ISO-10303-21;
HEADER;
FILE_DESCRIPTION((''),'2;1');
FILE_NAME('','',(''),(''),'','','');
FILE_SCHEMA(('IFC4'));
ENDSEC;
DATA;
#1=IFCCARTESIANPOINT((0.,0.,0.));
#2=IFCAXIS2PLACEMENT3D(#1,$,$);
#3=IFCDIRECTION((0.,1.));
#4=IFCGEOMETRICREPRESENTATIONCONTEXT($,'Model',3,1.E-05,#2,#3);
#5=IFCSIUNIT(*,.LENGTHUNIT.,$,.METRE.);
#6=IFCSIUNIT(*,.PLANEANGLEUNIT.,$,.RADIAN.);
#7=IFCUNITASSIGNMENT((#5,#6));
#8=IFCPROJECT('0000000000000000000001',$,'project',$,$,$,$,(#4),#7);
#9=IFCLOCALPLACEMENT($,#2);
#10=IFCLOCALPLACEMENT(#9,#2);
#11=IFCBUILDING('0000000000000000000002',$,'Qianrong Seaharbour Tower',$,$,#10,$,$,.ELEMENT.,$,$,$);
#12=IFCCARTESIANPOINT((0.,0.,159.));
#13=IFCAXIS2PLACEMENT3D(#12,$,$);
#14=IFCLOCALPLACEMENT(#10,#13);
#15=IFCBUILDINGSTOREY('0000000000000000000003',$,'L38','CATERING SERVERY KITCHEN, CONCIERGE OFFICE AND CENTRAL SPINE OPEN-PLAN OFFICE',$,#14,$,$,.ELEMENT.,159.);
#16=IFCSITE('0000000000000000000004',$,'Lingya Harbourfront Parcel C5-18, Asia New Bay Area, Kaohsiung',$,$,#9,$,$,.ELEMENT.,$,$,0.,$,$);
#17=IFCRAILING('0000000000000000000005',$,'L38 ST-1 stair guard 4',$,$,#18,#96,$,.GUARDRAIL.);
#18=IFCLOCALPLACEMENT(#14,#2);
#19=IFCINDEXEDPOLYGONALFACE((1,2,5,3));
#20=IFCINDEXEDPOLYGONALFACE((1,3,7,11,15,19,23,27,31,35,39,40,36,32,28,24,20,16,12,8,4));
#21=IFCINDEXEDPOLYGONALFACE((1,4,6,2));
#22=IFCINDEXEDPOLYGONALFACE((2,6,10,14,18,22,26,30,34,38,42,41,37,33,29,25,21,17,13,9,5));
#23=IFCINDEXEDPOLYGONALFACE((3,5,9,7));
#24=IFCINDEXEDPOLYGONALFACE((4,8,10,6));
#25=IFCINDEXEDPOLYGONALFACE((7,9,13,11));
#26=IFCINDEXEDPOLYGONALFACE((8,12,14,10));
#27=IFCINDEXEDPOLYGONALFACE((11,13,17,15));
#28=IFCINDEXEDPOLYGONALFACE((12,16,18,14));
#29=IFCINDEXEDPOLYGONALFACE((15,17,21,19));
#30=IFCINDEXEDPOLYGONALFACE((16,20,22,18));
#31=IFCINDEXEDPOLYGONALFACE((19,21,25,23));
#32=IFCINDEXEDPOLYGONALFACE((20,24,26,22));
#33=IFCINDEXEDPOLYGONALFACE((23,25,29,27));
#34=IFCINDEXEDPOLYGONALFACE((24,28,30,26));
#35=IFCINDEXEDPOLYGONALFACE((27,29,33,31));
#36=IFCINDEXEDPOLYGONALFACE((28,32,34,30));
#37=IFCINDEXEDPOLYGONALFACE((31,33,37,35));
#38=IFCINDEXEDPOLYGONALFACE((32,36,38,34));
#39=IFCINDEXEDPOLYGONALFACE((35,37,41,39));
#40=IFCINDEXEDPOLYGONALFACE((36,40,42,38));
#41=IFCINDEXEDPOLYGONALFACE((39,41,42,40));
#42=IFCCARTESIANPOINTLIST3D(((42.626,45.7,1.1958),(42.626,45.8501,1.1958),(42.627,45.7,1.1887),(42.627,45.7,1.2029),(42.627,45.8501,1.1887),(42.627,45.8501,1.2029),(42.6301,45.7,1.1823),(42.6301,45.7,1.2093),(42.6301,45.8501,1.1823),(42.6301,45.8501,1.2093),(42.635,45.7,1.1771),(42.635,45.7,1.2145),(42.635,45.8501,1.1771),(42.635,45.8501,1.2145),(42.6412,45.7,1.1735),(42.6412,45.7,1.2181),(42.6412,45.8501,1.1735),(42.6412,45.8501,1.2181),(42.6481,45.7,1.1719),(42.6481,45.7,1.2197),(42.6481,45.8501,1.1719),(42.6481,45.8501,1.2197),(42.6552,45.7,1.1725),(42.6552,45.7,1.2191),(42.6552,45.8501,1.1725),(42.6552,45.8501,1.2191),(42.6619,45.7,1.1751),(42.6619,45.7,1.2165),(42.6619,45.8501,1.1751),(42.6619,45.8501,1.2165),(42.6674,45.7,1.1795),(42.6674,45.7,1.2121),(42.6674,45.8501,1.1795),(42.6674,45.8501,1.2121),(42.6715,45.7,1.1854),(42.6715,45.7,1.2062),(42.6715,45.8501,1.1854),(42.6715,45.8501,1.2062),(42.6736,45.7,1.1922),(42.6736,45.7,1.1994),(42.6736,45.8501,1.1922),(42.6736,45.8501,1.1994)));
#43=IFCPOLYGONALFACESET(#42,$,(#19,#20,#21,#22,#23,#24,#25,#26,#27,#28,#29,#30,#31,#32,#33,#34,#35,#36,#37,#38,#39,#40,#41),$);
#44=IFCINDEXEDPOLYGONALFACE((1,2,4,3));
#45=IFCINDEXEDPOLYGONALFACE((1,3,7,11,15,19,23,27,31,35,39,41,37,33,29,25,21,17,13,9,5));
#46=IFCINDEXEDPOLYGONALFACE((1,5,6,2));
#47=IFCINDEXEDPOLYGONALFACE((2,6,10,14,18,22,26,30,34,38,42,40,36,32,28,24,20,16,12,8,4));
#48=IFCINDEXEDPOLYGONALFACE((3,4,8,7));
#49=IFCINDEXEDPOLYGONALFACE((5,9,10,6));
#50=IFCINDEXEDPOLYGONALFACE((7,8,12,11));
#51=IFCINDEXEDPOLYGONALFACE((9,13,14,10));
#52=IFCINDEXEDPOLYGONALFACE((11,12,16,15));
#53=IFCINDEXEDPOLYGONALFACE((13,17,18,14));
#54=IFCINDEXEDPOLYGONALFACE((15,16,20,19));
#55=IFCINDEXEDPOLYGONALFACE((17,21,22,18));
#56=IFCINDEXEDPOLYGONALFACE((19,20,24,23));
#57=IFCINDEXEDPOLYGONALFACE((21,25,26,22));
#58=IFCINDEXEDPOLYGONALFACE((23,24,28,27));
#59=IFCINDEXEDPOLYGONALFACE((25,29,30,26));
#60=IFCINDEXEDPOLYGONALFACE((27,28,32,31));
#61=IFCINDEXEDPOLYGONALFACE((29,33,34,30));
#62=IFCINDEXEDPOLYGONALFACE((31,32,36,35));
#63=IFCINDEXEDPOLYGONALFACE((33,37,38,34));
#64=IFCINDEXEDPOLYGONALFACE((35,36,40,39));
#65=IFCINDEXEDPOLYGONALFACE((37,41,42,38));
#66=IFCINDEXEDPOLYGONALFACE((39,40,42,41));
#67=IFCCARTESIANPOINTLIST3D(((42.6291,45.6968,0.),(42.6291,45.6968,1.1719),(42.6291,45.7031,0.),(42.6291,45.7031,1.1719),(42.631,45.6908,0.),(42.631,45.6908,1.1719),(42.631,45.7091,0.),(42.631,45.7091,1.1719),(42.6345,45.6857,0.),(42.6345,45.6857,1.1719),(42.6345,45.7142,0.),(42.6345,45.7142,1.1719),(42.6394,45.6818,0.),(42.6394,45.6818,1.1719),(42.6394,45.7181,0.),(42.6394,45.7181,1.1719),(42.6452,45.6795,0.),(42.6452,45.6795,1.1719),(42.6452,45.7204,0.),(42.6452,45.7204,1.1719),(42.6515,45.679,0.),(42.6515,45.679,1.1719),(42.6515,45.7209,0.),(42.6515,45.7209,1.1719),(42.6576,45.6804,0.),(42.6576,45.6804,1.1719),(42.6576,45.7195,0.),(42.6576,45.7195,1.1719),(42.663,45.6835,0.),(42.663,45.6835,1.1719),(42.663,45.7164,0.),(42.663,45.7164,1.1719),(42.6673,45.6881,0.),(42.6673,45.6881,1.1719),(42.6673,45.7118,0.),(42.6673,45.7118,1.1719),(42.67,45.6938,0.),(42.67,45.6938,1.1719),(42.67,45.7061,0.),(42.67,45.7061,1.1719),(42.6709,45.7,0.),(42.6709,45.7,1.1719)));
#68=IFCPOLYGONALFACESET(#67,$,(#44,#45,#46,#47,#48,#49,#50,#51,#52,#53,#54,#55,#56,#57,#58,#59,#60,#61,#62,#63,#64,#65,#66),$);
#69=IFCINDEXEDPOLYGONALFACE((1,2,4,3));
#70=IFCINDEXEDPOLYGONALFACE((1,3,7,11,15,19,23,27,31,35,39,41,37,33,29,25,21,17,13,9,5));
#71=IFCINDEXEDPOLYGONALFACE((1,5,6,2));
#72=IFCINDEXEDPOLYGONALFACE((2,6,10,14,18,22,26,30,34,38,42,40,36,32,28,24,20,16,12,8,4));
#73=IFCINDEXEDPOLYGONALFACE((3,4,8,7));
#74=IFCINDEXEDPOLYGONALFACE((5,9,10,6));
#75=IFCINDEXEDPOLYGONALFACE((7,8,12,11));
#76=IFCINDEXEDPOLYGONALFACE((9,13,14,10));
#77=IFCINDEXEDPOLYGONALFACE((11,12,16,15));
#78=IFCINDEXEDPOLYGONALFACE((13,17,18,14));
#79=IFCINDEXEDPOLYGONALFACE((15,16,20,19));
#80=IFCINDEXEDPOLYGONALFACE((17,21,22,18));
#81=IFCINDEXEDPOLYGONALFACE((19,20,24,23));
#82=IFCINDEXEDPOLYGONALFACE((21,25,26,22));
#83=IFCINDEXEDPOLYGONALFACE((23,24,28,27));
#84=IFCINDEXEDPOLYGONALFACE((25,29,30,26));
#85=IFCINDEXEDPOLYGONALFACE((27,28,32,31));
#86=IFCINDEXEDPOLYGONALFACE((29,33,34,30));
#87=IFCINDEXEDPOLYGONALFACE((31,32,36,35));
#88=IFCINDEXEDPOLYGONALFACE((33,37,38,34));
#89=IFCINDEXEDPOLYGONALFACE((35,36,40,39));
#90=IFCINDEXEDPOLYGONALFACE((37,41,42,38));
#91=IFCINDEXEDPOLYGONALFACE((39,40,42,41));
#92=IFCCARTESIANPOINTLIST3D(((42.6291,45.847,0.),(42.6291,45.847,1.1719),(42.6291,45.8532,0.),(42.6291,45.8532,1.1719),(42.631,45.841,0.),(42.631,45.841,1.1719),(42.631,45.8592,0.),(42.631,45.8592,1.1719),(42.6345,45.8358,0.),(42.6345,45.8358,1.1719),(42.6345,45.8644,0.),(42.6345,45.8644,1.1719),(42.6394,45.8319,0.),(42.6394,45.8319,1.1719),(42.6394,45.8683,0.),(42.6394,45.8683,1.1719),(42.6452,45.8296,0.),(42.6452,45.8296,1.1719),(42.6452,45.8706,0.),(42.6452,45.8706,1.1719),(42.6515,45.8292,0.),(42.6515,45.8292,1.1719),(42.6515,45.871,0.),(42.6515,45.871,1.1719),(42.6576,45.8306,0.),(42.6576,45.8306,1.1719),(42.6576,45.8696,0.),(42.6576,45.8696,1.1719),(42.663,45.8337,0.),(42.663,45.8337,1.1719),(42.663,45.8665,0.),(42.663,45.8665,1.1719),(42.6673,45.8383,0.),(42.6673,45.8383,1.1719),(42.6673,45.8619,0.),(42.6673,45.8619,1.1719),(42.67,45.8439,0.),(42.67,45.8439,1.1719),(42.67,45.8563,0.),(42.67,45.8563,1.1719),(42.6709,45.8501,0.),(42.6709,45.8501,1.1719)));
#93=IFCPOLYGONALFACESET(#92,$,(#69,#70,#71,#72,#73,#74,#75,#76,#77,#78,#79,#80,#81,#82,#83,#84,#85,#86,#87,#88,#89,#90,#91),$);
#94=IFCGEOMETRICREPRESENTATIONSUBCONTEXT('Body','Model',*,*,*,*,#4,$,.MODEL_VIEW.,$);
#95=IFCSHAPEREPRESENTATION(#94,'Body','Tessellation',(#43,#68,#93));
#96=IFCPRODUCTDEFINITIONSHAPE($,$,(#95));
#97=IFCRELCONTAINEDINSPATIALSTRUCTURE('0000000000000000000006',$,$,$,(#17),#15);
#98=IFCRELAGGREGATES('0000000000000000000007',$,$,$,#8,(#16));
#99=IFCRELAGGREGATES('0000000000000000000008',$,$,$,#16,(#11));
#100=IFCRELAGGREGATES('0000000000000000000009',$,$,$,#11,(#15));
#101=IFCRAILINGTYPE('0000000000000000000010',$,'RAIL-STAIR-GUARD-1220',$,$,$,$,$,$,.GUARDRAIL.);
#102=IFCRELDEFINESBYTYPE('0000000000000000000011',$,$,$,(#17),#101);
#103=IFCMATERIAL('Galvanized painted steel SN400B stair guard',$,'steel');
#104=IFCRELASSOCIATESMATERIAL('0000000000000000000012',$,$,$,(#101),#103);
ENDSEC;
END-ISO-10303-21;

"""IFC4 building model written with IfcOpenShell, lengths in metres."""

from ifc_helpers import new_model, si_unit, direction, frame, origin, origin_2d, place, context, subcontext, project, spatial, circle, extrude, material, type_object, element, save


model = new_model("IFC4")

# Units and contexts
model_context = context("Model", 3, precision=1e-05, world=origin(), true_north=direction((0.0, 1.0)))
body_context = subcontext(model_context, "Body", "Model", "MODEL_VIEW")
ifc_project = project(units=[si_unit("LENGTHUNIT", "METRE"), si_unit("PLANEANGLEUNIT", "RADIAN")], contexts=[model_context])

# Site, building, storey
site_placement = place(None, origin())
site = spatial("IfcSite", under=ifc_project, at=site_placement, Name="Lingya Harbourfront Parcel C5-18, Asia New Bay Area, Kaohsiung", CompositionType="ELEMENT", RefElevation=0.0)
building_placement = place(site_placement, origin())
building = spatial("IfcBuilding", under=site, at=building_placement, Name="Qianrong Seaharbour Tower", CompositionType="ELEMENT")
storey_placement = place(building_placement, frame((0.0, 0.0, 159.0)))
storey = spatial("IfcBuildingStorey", under=building, at=storey_placement, Name="L38", Description="CATERING SERVERY KITCHEN, CONCIERGE OFFICE AND CENTRAL SPINE OPEN-PLAN OFFICE", CompositionType="ELEMENT", Elevation=159.0)

# Railing
ifc_material_1 = material(Name="Galvanized painted steel SN400B stair guard", Category="steel")
railing_type = type_object("IfcRailingType", Name="RAIL-STAIR-GUARD-1220", PredefinedType="GUARDRAIL", material=ifc_material_1)
railing_1_placement = place(storey_placement, frame((42.6499, 45.7, 0.0)))
element("IfcRailing", 1, at=railing_1_placement, inside=storey, type_object=railing_type, Name="L38 ST-1 stair guard 4", PredefinedType="GUARDRAIL", context=body_context, shape_type="SweptSolid", body=[
    extrude(circle(Radius=0.0239, at=origin_2d()), frame((0.0, 0.0, 1.1958), z_axis=(0.0, 1.0, 0.0), x_axis=(-1.0, 0.0, 0.0)), (0.0, 0.0, 1.0), 0.1501),
    extrude(circle(Radius=0.021, at=origin_2d()), origin(), (0.0, 0.0, 1.0), 1.1719),
    extrude(circle(Radius=0.021, at=origin_2d()), frame((0.0, 0.1501, 0.0)), (0.0, 0.0, 1.0), 1.1719),
])

save(model, "model.ifc")
